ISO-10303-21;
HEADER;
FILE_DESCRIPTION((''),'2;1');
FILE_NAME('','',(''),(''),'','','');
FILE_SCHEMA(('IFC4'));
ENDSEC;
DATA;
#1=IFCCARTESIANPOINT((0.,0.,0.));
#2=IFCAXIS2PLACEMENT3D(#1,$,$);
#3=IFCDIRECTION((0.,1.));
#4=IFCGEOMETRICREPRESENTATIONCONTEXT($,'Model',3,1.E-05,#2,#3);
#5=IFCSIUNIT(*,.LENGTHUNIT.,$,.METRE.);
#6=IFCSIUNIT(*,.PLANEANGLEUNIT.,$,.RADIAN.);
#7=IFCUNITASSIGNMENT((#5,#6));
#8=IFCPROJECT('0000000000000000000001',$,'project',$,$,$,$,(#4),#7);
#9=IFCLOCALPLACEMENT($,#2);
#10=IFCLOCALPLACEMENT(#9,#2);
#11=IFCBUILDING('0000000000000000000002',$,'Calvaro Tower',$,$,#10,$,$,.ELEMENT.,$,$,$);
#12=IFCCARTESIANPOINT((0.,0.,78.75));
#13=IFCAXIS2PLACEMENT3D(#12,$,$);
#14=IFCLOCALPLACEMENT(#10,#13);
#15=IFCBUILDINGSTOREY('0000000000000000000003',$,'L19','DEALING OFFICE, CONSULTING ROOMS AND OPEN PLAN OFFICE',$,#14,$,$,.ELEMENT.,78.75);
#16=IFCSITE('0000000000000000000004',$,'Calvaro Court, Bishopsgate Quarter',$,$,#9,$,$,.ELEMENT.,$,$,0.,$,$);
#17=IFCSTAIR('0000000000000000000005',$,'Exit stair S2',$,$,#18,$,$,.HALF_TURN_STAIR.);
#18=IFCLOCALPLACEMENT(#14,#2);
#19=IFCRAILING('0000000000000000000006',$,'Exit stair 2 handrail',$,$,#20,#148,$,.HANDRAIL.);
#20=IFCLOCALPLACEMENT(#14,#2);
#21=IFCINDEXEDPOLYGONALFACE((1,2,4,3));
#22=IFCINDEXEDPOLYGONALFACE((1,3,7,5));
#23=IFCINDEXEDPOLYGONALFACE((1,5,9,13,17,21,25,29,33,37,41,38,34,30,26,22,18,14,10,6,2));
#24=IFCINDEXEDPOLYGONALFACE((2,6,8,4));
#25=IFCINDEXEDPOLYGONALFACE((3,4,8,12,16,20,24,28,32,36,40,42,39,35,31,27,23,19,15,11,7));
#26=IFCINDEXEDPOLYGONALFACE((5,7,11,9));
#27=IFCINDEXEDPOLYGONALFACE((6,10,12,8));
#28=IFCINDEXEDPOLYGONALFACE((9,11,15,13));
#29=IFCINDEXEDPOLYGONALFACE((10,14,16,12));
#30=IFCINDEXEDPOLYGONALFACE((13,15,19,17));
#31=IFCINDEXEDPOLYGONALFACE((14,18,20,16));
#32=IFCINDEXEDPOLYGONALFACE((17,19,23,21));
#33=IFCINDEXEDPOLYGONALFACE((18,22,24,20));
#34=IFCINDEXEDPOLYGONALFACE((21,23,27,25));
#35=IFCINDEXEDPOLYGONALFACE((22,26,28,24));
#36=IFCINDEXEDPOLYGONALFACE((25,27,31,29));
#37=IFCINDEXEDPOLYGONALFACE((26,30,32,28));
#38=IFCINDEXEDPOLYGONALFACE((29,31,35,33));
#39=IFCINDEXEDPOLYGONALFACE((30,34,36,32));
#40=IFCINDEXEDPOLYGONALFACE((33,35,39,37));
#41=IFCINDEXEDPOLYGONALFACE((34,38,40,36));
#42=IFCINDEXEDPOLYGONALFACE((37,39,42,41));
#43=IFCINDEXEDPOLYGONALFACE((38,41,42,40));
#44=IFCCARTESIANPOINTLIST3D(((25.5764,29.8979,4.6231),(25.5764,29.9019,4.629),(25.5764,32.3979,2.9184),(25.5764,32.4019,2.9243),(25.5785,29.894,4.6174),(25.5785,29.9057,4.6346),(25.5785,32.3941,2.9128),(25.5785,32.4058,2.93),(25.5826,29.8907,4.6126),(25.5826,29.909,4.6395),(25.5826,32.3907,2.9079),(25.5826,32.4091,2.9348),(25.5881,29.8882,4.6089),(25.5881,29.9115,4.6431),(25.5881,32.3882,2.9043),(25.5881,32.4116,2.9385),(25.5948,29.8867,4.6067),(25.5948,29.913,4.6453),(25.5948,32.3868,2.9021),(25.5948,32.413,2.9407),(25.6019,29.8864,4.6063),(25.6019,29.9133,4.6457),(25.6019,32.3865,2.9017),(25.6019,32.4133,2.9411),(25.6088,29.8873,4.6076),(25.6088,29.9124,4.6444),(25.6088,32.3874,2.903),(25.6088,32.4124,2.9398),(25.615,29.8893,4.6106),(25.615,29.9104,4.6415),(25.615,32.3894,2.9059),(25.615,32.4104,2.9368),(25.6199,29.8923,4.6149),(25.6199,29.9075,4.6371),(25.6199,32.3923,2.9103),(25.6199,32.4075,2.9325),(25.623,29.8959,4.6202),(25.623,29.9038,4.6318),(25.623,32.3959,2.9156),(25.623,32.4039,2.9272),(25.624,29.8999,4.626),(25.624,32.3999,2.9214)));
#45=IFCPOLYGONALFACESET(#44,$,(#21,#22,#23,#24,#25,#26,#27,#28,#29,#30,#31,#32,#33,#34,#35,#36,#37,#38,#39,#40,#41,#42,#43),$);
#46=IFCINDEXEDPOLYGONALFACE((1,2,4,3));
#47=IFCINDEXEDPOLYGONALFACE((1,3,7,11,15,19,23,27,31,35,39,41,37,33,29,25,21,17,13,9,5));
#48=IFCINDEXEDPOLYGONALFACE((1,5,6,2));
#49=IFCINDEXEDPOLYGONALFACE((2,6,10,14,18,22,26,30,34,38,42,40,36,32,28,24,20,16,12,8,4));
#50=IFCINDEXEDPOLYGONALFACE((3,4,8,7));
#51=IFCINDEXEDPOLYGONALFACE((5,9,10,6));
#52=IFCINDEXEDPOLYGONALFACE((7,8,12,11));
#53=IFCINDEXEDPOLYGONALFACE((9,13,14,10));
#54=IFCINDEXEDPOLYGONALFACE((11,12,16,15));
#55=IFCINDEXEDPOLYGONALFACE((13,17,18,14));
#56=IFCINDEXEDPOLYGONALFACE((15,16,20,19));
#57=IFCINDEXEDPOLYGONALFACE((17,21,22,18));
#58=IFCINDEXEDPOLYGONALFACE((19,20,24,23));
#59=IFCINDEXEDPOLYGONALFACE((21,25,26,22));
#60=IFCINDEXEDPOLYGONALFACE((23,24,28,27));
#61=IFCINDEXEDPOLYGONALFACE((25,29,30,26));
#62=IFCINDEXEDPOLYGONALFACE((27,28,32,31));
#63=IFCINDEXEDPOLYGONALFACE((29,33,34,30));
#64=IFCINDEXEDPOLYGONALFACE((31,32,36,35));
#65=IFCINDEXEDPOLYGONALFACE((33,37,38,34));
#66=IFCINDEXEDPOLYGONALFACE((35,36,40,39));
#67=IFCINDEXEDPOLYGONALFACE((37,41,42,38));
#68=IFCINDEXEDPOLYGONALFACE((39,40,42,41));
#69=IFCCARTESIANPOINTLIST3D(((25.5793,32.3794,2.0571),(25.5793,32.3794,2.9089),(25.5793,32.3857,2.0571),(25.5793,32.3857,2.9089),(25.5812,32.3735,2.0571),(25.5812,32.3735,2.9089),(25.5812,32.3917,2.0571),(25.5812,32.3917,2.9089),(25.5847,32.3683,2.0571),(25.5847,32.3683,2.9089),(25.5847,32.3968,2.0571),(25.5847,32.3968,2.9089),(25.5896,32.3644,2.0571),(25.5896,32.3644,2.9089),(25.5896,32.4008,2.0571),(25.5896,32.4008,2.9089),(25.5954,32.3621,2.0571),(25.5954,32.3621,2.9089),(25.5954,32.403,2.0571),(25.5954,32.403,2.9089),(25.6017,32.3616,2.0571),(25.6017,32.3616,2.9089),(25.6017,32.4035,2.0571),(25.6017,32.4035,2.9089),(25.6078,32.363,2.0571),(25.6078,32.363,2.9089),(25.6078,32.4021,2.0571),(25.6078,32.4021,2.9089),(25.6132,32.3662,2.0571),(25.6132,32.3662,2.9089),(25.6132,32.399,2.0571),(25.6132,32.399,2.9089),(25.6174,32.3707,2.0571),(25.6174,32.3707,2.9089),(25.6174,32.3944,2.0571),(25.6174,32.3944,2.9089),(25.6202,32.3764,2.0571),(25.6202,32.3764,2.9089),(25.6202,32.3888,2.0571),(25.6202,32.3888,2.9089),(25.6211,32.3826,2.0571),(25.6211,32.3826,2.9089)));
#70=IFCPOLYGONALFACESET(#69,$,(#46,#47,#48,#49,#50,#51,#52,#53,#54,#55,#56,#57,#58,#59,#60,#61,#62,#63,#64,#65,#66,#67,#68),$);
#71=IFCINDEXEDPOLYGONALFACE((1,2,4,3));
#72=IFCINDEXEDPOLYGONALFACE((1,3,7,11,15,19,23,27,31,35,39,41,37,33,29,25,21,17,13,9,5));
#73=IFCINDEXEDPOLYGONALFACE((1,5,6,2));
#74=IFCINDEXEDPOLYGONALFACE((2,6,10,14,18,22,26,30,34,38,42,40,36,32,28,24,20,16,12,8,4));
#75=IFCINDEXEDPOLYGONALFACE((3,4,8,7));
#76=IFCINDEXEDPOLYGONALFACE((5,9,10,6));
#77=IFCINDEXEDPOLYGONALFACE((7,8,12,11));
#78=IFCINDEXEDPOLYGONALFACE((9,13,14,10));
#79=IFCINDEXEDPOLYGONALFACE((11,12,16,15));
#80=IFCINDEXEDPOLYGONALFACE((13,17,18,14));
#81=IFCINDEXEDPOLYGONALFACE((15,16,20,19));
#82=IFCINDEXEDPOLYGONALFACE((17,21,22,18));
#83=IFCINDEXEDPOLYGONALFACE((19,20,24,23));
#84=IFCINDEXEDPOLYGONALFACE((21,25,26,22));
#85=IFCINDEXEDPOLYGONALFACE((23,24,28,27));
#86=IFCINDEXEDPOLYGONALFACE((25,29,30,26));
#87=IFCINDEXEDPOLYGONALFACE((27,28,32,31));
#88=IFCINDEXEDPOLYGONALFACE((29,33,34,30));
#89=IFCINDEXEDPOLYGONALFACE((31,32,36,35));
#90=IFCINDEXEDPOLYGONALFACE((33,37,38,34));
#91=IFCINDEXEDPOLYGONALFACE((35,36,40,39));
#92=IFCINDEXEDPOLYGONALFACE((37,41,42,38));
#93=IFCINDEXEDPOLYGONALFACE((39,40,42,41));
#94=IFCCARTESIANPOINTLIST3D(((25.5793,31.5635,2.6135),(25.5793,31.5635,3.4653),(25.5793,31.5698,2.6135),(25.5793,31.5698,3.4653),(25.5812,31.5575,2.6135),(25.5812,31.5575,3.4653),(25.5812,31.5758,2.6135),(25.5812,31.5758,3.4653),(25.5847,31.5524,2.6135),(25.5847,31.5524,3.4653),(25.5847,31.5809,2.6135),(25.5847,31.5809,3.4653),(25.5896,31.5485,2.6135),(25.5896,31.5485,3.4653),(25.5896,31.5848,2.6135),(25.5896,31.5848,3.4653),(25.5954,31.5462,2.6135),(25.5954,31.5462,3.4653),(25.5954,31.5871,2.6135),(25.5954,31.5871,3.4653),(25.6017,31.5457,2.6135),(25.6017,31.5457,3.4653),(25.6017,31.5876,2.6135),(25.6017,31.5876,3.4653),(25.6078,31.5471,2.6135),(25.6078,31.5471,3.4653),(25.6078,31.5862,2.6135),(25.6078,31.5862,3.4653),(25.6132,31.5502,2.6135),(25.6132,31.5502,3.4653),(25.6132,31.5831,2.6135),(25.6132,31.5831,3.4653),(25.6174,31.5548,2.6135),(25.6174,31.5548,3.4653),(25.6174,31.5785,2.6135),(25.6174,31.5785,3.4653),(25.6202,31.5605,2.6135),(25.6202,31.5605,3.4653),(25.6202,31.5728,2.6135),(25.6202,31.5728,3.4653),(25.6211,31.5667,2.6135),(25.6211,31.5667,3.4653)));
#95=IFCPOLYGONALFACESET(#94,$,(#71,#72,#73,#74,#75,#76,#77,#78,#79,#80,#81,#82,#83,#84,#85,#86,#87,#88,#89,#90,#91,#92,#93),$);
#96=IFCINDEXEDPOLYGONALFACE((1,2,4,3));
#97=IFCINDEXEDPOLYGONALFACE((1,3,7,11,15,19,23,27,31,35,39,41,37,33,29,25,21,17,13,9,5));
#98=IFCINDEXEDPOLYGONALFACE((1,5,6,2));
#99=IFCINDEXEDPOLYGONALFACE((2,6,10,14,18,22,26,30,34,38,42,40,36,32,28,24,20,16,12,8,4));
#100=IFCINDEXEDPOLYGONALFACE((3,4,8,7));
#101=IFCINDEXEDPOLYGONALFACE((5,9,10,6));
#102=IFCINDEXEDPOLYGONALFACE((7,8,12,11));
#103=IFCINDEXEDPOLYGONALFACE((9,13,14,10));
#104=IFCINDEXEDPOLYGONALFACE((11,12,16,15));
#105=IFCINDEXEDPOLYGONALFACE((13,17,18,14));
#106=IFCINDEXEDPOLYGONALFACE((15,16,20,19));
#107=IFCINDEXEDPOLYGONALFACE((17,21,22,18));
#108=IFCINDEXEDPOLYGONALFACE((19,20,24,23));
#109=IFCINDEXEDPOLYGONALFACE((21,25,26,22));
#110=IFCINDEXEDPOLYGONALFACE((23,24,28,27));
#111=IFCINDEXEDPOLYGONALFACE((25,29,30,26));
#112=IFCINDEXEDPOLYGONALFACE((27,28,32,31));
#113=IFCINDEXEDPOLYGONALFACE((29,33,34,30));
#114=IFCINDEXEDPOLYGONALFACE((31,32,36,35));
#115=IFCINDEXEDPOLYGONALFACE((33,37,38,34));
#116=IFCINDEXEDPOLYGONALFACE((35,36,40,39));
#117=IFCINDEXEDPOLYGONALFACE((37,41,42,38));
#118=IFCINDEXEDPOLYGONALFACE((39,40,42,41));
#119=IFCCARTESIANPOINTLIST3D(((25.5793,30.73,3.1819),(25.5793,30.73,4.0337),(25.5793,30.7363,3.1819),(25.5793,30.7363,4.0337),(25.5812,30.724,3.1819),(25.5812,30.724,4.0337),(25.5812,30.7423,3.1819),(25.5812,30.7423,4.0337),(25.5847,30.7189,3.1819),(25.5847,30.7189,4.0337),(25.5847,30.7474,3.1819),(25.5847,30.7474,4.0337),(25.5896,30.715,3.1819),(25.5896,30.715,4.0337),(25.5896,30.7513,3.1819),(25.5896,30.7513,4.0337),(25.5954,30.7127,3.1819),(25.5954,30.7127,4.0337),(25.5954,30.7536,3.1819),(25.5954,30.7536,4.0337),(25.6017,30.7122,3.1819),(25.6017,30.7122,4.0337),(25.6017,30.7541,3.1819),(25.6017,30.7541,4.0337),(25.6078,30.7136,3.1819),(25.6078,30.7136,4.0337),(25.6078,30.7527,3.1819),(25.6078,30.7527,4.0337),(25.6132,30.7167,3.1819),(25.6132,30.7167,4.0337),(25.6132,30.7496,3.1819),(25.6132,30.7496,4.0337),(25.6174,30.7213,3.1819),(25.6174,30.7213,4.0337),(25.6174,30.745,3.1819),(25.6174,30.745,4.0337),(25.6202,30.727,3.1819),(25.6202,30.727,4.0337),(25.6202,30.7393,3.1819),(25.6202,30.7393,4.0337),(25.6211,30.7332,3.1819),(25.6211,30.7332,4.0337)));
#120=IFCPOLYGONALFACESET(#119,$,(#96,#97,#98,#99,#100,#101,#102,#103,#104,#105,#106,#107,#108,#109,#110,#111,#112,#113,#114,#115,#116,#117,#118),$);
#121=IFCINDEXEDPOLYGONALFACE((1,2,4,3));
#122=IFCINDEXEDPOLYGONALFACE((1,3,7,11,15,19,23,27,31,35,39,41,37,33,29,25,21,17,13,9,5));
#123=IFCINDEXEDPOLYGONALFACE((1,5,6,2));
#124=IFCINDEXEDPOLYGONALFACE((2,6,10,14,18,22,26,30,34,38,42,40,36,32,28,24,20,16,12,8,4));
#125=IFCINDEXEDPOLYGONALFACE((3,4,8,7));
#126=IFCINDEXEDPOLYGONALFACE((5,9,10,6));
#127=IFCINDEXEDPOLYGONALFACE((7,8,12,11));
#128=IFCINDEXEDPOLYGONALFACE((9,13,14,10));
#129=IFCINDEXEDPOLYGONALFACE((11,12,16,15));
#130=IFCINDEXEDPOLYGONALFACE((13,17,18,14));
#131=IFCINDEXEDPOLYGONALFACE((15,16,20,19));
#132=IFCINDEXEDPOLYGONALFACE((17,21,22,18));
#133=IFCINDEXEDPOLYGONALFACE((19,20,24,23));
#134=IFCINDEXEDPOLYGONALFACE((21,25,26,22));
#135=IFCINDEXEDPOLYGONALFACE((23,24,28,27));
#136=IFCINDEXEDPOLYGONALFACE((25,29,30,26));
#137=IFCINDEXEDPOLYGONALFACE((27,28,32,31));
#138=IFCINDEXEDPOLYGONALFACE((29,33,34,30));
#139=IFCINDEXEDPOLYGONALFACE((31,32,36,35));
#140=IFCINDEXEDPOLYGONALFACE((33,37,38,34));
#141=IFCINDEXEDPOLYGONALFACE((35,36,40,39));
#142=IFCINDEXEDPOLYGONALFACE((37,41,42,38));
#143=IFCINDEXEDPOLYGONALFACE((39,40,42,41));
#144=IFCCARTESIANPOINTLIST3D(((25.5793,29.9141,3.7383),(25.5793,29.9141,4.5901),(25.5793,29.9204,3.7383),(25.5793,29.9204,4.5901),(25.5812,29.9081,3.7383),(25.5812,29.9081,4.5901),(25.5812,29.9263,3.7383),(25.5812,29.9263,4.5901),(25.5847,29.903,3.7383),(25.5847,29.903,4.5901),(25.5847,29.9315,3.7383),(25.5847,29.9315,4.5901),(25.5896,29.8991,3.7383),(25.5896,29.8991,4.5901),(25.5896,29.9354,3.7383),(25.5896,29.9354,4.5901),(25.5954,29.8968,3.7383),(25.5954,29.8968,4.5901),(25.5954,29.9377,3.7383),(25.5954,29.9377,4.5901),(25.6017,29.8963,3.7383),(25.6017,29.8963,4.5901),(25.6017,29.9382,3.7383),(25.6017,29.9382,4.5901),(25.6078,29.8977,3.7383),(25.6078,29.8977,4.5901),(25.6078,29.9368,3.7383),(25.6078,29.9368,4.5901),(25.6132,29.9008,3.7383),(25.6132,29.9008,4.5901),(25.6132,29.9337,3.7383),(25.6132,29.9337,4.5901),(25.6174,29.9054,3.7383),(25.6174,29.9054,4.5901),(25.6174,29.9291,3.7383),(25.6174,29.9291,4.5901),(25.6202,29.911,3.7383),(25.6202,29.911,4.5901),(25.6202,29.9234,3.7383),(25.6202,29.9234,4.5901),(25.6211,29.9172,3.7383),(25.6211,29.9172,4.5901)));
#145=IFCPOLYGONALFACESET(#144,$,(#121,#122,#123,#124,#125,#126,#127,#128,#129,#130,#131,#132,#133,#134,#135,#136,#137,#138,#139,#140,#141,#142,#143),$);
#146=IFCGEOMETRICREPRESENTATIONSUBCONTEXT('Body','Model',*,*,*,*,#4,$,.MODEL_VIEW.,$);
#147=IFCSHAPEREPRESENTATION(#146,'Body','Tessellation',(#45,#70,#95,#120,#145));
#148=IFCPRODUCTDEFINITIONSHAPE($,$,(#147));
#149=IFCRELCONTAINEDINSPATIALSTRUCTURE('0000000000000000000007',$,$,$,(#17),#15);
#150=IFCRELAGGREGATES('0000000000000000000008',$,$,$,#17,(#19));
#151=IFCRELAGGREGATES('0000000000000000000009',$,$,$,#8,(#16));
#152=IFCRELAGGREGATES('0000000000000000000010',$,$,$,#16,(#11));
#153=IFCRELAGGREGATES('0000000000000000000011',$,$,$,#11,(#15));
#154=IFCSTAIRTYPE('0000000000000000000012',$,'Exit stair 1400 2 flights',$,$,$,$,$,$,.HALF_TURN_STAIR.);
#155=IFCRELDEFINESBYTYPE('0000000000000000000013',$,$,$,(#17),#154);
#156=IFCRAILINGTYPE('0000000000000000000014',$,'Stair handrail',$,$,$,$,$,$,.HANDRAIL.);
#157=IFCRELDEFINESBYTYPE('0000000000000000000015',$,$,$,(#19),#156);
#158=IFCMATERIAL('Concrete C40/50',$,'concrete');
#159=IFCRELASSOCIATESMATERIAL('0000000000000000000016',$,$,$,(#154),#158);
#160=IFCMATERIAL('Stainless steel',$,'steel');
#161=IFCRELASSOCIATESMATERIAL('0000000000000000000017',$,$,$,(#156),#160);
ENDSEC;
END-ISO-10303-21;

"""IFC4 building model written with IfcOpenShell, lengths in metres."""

from ifc_helpers import new_model, si_unit, direction, frame, origin, origin_2d, place, context, subcontext, project, spatial, circle, extrude, material, type_object, element, aggregate, save


model = new_model("IFC4")

# Units and contexts
model_context = context("Model", 3, precision=1e-05, world=origin(), true_north=direction((0.0, 1.0)))
body_context = subcontext(model_context, "Body", "Model", "MODEL_VIEW")
ifc_project = project(units=[si_unit("LENGTHUNIT", "METRE"), si_unit("PLANEANGLEUNIT", "RADIAN")], contexts=[model_context])

# Site, building, storey
site_placement = place(None, origin())
site = spatial("IfcSite", under=ifc_project, at=site_placement, Name="Calvaro Court, Bishopsgate Quarter", CompositionType="ELEMENT", RefElevation=0.0)
building_placement = place(site_placement, origin())
building = spatial("IfcBuilding", under=site, at=building_placement, Name="Calvaro Tower", CompositionType="ELEMENT")
storey_placement = place(building_placement, frame((0.0, 0.0, 78.75)))
storey = spatial("IfcBuildingStorey", under=building, at=storey_placement, Name="L19", Description="DEALING OFFICE, CONSULTING ROOMS AND OPEN PLAN OFFICE", CompositionType="ELEMENT", Elevation=78.75)

# Stair, railing
ifc_material_1 = material(Name="Concrete C40/50", Category="concrete")
stair_type = type_object("IfcStairType", Name="Exit stair 1400 2 flights", PredefinedType="HALF_TURN_STAIR", material=ifc_material_1)
stair_placement = place(storey_placement, origin())
stair = element("IfcStair", 1, at=stair_placement, inside=storey, type_object=stair_type, Name="Exit stair S2", PredefinedType="HALF_TURN_STAIR")
ifc_material_2 = material(Name="Stainless steel", Category="steel")
railing_type = type_object("IfcRailingType", Name="Stair handrail", PredefinedType="HANDRAIL", material=ifc_material_2)
railing_1_placement = place(storey_placement, frame((25.6001, 32.3999, 2.0454)))
railing_1 = element("IfcRailing", 2, at=railing_1_placement, type_object=railing_type, Name="Exit stair 2 handrail", PredefinedType="HANDRAIL", context=body_context, shape_type="SweptSolid", body=[
    extrude(circle(Radius=0.0239, at=origin_2d()), frame((0.0, 0.0, 0.876), z_axis=(0.0, -0.826221, 0.563347), x_axis=(1.0, 0.0, 0.0)), (0.0, 0.0, 1.0), 3.0259),
    extrude(circle(Radius=0.021, at=origin_2d()), frame((0.0, -0.0173, 0.0117)), (0.0, 0.0, 1.0), 0.8518),
    extrude(circle(Radius=0.021, at=origin_2d()), frame((0.0, -0.8333, 0.5681)), (0.0, 0.0, 1.0), 0.8518),
    extrude(circle(Radius=0.021, at=origin_2d()), frame((0.0, -1.6667, 1.1365)), (0.0, 0.0, 1.0), 0.8518),
    extrude(circle(Radius=0.021, at=origin_2d()), frame((0.0, -2.4827, 1.6929)), (0.0, 0.0, 1.0), 0.8518),
])
aggregate(stair, [railing_1])

save(model, "model.ifc")
